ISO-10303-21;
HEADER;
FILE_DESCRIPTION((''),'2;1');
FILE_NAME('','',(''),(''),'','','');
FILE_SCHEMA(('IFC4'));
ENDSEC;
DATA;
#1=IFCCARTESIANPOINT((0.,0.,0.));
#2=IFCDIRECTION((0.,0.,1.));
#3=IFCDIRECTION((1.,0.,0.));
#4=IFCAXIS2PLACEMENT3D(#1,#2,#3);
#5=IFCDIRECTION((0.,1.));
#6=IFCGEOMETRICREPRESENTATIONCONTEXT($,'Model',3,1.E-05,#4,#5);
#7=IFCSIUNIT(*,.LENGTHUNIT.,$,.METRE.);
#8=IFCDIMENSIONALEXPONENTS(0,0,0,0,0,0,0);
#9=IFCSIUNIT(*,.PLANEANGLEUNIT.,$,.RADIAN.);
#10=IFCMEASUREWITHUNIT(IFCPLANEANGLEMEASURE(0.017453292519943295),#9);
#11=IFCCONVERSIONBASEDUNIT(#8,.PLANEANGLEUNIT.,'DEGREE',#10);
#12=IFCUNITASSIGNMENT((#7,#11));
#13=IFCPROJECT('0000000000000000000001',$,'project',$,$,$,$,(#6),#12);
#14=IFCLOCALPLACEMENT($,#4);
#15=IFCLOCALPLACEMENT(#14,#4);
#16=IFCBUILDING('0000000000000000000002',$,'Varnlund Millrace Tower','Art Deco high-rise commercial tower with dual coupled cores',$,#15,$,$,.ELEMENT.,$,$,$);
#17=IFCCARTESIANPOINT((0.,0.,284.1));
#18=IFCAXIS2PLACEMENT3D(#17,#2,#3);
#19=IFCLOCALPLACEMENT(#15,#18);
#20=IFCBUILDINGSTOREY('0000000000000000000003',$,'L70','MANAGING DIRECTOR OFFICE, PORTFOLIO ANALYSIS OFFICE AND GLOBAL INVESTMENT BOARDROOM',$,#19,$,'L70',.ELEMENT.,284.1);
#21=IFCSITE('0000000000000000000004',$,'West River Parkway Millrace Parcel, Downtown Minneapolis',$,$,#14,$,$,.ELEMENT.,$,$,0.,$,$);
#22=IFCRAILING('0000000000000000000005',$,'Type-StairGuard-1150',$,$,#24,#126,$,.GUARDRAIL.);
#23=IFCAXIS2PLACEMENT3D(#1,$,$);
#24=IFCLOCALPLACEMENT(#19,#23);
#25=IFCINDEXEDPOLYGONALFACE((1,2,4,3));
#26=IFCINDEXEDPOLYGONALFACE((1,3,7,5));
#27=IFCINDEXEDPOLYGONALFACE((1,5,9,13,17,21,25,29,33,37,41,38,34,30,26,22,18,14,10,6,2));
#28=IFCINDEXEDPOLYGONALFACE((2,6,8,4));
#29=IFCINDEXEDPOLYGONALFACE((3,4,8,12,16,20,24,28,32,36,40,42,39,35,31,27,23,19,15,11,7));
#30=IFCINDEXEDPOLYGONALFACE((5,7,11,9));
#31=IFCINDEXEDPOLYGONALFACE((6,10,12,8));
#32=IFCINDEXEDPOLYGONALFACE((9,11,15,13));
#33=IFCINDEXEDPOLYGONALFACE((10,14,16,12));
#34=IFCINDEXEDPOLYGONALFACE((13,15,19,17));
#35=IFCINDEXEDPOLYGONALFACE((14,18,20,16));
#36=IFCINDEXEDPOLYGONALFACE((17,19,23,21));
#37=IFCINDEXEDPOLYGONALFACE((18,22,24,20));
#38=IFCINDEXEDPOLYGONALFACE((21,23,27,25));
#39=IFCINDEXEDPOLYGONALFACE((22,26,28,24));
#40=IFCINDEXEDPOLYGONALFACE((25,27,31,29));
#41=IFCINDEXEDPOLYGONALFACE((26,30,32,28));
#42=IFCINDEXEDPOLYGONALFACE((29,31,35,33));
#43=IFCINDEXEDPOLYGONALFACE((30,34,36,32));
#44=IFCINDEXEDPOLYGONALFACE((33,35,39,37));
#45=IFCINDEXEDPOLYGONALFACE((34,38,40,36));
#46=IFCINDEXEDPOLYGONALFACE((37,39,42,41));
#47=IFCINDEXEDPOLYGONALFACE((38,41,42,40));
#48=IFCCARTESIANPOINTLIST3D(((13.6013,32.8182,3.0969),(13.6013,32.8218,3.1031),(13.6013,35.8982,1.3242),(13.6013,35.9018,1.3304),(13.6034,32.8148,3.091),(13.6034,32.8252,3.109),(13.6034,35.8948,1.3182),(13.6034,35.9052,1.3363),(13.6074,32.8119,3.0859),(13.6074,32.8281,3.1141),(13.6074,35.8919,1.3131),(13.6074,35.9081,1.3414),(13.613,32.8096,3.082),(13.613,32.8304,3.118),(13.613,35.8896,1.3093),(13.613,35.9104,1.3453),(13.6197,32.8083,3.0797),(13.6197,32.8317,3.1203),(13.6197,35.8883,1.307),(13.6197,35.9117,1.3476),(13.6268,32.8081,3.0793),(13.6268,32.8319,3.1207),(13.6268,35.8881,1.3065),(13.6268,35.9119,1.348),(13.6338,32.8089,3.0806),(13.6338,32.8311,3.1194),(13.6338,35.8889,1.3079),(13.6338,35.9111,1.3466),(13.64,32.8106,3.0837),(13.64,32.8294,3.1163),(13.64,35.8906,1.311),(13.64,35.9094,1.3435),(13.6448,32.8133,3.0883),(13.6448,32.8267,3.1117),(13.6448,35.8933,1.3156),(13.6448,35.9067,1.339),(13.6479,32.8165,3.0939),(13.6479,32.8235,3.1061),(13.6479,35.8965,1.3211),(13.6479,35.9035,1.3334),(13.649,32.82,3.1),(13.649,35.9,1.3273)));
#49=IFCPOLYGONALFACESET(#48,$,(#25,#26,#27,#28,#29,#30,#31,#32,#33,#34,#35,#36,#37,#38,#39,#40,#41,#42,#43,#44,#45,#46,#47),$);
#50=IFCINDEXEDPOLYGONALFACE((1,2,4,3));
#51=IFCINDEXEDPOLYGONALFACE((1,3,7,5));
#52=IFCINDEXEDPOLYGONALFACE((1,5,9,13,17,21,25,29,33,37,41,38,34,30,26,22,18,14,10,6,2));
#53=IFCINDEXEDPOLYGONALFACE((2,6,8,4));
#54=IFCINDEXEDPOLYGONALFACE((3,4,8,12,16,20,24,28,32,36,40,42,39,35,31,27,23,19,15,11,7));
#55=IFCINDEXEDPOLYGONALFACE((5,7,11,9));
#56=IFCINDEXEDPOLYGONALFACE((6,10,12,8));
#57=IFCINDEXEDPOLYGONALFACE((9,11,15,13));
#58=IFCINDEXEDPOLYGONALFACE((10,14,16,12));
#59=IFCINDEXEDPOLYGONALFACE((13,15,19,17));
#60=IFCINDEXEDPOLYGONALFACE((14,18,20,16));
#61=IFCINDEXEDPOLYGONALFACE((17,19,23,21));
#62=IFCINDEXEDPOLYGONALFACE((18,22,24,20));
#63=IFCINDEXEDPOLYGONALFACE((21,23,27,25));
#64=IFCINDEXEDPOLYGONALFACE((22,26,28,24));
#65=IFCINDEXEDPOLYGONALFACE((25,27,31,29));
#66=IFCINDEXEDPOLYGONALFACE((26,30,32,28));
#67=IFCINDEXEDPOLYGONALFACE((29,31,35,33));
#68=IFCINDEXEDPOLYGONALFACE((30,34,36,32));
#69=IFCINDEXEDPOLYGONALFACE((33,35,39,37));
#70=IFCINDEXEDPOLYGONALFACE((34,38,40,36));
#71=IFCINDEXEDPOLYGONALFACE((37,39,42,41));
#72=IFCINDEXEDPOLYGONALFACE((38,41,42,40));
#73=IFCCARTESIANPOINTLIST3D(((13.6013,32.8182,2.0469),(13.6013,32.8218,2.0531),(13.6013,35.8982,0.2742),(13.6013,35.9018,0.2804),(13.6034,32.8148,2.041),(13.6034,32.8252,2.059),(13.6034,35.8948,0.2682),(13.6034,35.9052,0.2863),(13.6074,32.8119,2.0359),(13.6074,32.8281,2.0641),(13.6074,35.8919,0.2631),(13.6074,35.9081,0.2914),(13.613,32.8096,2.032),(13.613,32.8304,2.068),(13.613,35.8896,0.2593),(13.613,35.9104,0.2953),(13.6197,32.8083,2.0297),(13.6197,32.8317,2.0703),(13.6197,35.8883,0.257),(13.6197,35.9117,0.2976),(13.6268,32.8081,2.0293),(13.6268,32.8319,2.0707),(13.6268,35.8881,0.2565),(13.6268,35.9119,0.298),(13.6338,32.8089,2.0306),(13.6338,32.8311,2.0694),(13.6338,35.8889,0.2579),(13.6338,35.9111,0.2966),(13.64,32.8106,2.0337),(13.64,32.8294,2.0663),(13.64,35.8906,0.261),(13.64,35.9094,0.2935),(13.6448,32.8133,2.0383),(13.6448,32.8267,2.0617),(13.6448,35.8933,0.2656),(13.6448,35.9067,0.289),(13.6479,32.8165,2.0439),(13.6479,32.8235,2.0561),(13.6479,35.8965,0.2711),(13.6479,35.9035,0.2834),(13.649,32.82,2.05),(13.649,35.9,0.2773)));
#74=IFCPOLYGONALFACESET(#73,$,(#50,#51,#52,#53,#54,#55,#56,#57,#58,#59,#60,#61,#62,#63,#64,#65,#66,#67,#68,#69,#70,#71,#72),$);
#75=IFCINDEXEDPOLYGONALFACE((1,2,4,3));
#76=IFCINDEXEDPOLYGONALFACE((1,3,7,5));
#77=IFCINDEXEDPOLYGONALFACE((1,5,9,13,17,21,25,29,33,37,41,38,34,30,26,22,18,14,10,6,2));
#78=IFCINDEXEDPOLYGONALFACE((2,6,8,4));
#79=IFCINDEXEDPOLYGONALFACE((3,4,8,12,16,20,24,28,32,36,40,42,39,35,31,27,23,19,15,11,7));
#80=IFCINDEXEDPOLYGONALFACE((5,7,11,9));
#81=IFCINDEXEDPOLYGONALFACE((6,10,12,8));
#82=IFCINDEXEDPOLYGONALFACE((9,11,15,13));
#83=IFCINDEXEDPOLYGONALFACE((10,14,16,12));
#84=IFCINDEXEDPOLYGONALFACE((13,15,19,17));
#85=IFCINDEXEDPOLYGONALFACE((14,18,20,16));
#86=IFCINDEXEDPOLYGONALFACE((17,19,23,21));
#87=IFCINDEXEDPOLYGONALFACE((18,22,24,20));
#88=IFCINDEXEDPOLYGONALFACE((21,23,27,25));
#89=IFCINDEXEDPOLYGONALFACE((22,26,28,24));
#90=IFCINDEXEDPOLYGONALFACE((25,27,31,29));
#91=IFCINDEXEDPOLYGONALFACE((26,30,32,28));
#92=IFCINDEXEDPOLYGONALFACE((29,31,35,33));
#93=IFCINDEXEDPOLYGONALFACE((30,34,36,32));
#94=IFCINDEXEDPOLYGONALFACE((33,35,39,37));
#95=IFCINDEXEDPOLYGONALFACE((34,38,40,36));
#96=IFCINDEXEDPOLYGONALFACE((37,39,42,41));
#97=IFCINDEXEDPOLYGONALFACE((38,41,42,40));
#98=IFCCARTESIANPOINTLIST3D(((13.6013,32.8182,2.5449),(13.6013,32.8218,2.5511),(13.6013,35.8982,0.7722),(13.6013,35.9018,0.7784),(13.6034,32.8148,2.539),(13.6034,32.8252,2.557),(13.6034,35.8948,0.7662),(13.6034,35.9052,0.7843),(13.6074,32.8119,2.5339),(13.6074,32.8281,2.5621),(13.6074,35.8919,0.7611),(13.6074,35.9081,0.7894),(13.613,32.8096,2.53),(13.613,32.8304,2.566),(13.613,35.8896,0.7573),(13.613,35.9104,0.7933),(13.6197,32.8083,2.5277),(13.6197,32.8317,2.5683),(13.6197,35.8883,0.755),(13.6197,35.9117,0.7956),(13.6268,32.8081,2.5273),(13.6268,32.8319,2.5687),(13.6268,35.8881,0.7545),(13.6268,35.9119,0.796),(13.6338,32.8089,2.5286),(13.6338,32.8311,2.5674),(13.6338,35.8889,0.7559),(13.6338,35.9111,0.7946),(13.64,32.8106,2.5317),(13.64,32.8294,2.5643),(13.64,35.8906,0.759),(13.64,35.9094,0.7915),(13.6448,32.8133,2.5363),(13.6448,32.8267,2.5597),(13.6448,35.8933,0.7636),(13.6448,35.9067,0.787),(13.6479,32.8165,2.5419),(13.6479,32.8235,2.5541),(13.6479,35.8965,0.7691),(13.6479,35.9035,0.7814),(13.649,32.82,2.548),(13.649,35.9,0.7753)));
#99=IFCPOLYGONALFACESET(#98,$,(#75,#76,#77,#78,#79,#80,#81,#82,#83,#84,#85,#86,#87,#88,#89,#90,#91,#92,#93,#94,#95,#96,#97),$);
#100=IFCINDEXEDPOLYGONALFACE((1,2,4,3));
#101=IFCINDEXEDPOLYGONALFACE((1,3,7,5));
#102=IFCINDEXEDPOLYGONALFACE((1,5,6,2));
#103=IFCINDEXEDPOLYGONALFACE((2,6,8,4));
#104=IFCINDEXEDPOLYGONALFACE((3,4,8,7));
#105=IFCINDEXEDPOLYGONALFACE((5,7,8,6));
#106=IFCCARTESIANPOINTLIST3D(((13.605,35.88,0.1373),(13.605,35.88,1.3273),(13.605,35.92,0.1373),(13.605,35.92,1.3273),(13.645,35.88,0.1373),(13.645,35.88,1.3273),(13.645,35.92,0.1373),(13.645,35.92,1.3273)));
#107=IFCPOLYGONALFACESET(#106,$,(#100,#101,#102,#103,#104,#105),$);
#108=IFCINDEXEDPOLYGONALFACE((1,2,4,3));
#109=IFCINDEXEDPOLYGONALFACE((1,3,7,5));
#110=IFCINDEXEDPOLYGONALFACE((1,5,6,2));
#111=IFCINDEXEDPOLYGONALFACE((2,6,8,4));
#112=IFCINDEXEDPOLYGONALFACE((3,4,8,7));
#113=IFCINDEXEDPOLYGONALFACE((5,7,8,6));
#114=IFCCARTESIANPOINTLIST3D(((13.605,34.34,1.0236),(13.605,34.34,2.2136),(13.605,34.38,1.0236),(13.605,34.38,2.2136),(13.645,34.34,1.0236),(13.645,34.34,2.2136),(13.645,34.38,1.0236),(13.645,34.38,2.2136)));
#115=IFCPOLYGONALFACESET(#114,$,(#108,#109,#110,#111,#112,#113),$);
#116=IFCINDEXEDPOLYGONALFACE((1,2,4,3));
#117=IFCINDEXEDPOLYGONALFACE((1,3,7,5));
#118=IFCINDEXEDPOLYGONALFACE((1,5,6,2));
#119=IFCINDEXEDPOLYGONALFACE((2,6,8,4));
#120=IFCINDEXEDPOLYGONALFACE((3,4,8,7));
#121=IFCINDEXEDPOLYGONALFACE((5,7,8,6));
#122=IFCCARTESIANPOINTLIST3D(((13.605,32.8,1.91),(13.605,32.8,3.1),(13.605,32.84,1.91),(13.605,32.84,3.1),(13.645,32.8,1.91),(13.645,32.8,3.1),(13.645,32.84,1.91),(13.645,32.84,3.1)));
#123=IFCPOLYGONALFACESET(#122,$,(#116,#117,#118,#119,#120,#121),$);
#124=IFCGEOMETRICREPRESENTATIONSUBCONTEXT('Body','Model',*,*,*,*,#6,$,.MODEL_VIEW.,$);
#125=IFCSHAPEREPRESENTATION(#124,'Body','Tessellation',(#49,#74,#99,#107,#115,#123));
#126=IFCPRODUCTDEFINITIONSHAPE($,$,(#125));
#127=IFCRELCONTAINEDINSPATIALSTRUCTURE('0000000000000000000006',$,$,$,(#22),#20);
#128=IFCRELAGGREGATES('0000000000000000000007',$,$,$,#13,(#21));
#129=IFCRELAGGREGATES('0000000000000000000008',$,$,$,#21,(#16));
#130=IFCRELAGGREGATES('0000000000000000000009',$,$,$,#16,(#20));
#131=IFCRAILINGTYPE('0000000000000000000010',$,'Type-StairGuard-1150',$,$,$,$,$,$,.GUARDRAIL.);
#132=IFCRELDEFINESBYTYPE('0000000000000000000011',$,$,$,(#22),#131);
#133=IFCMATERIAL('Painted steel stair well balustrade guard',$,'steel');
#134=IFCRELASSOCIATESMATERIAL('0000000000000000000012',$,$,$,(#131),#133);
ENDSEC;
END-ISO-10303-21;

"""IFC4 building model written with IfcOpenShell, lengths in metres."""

from ifc_helpers import new_model, entity, si_unit, converted_unit, direction, frame, origin_with_axes, origin_2d_with_axis, place, context, subcontext, project, spatial, rectangle, circle, extrude, material, type_object, element, save


model = new_model("IFC4")

# Units and contexts
model_context = context("Model", 3, precision=1e-05, world=origin_with_axes(), true_north=direction((0.0, 1.0)))
body_context = subcontext(model_context, "Body", "Model", "MODEL_VIEW")
ifc_project = project(units=[si_unit("LENGTHUNIT", "METRE"), converted_unit("PLANEANGLEUNIT", "DEGREE", entity("IfcPlaneAngleMeasure", 0.017453292519943295), si_unit("PLANEANGLEUNIT", "RADIAN"), dimensions=[0, 0, 0, 0, 0, 0, 0])], contexts=[model_context])

# Site, building, storey
site_placement = place(None, origin_with_axes())
site = spatial("IfcSite", under=ifc_project, at=site_placement, Name="West River Parkway Millrace Parcel, Downtown Minneapolis", CompositionType="ELEMENT", RefElevation=0.0)
building_placement = place(site_placement, origin_with_axes())
building = spatial("IfcBuilding", under=site, at=building_placement, Name="Varnlund Millrace Tower", Description="Art Deco high-rise commercial tower with dual coupled cores", CompositionType="ELEMENT")
storey_placement = place(building_placement, frame((0.0, 0.0, 284.1), z_axis=(0.0, 0.0, 1.0), x_axis=(1.0, 0.0, 0.0)))
storey = spatial("IfcBuildingStorey", under=building, at=storey_placement, Name="L70", Description="MANAGING DIRECTOR OFFICE, PORTFOLIO ANALYSIS OFFICE AND GLOBAL INVESTMENT BOARDROOM", LongName="L70", CompositionType="ELEMENT", Elevation=284.1)

# Railing
ifc_material_1 = material(Name="Painted steel stair well balustrade guard", Category="steel")
railing_type_1 = type_object("IfcRailingType", Name="Type-StairGuard-1150", PredefinedType="GUARDRAIL", material=ifc_material_1)
railing_1_placement = place(storey_placement, frame((0.0, 0.0, -284.1), z_axis=(0.0, 0.0, 1.0), x_axis=(1.0, 0.0, 0.0)))
element("IfcRailing", 1, at=railing_1_placement, inside=storey, type_object=railing_type_1, Name="Type-StairGuard-1150", PredefinedType="GUARDRAIL", context=body_context, shape_type="SweptSolid", body=[
    extrude(circle(Radius=0.024, at=origin_2d_with_axis()), frame((13.625, 35.9, 285.4273), z_axis=(0.0, -0.866696, 0.498836), x_axis=(1.0, 0.0, 0.0)), (0.0, 0.0, 1.0), 3.5537),
    extrude(circle(Radius=0.024, at=origin_2d_with_axis()), frame((13.625, 35.9, 284.3773), z_axis=(0.0, -0.866696, 0.498836), x_axis=(1.0, 0.0, 0.0)), (0.0, 0.0, 1.0), 3.5537),
    extrude(circle(Radius=0.024, at=origin_2d_with_axis()), frame((13.625, 35.9, 284.8753), z_axis=(0.0, -0.866696, 0.498836), x_axis=(1.0, 0.0, 0.0)), (0.0, 0.0, 1.0), 3.5537),
    extrude(rectangle(XDim=0.04, YDim=0.04, at=origin_2d_with_axis()), frame((13.625, 35.9, 284.2373), z_axis=(0.0, 0.0, 1.0), x_axis=(1.0, 0.0, 0.0)), (0.0, 0.0, 1.0), 1.19),
    extrude(rectangle(XDim=0.04, YDim=0.04, at=origin_2d_with_axis()), frame((13.625, 34.36, 285.1236), z_axis=(0.0, 0.0, 1.0), x_axis=(1.0, 0.0, 0.0)), (0.0, 0.0, 1.0), 1.19),
    extrude(rectangle(XDim=0.04, YDim=0.04, at=origin_2d_with_axis()), frame((13.625, 32.82, 286.01), z_axis=(0.0, 0.0, 1.0), x_axis=(1.0, 0.0, 0.0)), (0.0, 0.0, 1.0), 1.19),
])

save(model, "model.ifc")
